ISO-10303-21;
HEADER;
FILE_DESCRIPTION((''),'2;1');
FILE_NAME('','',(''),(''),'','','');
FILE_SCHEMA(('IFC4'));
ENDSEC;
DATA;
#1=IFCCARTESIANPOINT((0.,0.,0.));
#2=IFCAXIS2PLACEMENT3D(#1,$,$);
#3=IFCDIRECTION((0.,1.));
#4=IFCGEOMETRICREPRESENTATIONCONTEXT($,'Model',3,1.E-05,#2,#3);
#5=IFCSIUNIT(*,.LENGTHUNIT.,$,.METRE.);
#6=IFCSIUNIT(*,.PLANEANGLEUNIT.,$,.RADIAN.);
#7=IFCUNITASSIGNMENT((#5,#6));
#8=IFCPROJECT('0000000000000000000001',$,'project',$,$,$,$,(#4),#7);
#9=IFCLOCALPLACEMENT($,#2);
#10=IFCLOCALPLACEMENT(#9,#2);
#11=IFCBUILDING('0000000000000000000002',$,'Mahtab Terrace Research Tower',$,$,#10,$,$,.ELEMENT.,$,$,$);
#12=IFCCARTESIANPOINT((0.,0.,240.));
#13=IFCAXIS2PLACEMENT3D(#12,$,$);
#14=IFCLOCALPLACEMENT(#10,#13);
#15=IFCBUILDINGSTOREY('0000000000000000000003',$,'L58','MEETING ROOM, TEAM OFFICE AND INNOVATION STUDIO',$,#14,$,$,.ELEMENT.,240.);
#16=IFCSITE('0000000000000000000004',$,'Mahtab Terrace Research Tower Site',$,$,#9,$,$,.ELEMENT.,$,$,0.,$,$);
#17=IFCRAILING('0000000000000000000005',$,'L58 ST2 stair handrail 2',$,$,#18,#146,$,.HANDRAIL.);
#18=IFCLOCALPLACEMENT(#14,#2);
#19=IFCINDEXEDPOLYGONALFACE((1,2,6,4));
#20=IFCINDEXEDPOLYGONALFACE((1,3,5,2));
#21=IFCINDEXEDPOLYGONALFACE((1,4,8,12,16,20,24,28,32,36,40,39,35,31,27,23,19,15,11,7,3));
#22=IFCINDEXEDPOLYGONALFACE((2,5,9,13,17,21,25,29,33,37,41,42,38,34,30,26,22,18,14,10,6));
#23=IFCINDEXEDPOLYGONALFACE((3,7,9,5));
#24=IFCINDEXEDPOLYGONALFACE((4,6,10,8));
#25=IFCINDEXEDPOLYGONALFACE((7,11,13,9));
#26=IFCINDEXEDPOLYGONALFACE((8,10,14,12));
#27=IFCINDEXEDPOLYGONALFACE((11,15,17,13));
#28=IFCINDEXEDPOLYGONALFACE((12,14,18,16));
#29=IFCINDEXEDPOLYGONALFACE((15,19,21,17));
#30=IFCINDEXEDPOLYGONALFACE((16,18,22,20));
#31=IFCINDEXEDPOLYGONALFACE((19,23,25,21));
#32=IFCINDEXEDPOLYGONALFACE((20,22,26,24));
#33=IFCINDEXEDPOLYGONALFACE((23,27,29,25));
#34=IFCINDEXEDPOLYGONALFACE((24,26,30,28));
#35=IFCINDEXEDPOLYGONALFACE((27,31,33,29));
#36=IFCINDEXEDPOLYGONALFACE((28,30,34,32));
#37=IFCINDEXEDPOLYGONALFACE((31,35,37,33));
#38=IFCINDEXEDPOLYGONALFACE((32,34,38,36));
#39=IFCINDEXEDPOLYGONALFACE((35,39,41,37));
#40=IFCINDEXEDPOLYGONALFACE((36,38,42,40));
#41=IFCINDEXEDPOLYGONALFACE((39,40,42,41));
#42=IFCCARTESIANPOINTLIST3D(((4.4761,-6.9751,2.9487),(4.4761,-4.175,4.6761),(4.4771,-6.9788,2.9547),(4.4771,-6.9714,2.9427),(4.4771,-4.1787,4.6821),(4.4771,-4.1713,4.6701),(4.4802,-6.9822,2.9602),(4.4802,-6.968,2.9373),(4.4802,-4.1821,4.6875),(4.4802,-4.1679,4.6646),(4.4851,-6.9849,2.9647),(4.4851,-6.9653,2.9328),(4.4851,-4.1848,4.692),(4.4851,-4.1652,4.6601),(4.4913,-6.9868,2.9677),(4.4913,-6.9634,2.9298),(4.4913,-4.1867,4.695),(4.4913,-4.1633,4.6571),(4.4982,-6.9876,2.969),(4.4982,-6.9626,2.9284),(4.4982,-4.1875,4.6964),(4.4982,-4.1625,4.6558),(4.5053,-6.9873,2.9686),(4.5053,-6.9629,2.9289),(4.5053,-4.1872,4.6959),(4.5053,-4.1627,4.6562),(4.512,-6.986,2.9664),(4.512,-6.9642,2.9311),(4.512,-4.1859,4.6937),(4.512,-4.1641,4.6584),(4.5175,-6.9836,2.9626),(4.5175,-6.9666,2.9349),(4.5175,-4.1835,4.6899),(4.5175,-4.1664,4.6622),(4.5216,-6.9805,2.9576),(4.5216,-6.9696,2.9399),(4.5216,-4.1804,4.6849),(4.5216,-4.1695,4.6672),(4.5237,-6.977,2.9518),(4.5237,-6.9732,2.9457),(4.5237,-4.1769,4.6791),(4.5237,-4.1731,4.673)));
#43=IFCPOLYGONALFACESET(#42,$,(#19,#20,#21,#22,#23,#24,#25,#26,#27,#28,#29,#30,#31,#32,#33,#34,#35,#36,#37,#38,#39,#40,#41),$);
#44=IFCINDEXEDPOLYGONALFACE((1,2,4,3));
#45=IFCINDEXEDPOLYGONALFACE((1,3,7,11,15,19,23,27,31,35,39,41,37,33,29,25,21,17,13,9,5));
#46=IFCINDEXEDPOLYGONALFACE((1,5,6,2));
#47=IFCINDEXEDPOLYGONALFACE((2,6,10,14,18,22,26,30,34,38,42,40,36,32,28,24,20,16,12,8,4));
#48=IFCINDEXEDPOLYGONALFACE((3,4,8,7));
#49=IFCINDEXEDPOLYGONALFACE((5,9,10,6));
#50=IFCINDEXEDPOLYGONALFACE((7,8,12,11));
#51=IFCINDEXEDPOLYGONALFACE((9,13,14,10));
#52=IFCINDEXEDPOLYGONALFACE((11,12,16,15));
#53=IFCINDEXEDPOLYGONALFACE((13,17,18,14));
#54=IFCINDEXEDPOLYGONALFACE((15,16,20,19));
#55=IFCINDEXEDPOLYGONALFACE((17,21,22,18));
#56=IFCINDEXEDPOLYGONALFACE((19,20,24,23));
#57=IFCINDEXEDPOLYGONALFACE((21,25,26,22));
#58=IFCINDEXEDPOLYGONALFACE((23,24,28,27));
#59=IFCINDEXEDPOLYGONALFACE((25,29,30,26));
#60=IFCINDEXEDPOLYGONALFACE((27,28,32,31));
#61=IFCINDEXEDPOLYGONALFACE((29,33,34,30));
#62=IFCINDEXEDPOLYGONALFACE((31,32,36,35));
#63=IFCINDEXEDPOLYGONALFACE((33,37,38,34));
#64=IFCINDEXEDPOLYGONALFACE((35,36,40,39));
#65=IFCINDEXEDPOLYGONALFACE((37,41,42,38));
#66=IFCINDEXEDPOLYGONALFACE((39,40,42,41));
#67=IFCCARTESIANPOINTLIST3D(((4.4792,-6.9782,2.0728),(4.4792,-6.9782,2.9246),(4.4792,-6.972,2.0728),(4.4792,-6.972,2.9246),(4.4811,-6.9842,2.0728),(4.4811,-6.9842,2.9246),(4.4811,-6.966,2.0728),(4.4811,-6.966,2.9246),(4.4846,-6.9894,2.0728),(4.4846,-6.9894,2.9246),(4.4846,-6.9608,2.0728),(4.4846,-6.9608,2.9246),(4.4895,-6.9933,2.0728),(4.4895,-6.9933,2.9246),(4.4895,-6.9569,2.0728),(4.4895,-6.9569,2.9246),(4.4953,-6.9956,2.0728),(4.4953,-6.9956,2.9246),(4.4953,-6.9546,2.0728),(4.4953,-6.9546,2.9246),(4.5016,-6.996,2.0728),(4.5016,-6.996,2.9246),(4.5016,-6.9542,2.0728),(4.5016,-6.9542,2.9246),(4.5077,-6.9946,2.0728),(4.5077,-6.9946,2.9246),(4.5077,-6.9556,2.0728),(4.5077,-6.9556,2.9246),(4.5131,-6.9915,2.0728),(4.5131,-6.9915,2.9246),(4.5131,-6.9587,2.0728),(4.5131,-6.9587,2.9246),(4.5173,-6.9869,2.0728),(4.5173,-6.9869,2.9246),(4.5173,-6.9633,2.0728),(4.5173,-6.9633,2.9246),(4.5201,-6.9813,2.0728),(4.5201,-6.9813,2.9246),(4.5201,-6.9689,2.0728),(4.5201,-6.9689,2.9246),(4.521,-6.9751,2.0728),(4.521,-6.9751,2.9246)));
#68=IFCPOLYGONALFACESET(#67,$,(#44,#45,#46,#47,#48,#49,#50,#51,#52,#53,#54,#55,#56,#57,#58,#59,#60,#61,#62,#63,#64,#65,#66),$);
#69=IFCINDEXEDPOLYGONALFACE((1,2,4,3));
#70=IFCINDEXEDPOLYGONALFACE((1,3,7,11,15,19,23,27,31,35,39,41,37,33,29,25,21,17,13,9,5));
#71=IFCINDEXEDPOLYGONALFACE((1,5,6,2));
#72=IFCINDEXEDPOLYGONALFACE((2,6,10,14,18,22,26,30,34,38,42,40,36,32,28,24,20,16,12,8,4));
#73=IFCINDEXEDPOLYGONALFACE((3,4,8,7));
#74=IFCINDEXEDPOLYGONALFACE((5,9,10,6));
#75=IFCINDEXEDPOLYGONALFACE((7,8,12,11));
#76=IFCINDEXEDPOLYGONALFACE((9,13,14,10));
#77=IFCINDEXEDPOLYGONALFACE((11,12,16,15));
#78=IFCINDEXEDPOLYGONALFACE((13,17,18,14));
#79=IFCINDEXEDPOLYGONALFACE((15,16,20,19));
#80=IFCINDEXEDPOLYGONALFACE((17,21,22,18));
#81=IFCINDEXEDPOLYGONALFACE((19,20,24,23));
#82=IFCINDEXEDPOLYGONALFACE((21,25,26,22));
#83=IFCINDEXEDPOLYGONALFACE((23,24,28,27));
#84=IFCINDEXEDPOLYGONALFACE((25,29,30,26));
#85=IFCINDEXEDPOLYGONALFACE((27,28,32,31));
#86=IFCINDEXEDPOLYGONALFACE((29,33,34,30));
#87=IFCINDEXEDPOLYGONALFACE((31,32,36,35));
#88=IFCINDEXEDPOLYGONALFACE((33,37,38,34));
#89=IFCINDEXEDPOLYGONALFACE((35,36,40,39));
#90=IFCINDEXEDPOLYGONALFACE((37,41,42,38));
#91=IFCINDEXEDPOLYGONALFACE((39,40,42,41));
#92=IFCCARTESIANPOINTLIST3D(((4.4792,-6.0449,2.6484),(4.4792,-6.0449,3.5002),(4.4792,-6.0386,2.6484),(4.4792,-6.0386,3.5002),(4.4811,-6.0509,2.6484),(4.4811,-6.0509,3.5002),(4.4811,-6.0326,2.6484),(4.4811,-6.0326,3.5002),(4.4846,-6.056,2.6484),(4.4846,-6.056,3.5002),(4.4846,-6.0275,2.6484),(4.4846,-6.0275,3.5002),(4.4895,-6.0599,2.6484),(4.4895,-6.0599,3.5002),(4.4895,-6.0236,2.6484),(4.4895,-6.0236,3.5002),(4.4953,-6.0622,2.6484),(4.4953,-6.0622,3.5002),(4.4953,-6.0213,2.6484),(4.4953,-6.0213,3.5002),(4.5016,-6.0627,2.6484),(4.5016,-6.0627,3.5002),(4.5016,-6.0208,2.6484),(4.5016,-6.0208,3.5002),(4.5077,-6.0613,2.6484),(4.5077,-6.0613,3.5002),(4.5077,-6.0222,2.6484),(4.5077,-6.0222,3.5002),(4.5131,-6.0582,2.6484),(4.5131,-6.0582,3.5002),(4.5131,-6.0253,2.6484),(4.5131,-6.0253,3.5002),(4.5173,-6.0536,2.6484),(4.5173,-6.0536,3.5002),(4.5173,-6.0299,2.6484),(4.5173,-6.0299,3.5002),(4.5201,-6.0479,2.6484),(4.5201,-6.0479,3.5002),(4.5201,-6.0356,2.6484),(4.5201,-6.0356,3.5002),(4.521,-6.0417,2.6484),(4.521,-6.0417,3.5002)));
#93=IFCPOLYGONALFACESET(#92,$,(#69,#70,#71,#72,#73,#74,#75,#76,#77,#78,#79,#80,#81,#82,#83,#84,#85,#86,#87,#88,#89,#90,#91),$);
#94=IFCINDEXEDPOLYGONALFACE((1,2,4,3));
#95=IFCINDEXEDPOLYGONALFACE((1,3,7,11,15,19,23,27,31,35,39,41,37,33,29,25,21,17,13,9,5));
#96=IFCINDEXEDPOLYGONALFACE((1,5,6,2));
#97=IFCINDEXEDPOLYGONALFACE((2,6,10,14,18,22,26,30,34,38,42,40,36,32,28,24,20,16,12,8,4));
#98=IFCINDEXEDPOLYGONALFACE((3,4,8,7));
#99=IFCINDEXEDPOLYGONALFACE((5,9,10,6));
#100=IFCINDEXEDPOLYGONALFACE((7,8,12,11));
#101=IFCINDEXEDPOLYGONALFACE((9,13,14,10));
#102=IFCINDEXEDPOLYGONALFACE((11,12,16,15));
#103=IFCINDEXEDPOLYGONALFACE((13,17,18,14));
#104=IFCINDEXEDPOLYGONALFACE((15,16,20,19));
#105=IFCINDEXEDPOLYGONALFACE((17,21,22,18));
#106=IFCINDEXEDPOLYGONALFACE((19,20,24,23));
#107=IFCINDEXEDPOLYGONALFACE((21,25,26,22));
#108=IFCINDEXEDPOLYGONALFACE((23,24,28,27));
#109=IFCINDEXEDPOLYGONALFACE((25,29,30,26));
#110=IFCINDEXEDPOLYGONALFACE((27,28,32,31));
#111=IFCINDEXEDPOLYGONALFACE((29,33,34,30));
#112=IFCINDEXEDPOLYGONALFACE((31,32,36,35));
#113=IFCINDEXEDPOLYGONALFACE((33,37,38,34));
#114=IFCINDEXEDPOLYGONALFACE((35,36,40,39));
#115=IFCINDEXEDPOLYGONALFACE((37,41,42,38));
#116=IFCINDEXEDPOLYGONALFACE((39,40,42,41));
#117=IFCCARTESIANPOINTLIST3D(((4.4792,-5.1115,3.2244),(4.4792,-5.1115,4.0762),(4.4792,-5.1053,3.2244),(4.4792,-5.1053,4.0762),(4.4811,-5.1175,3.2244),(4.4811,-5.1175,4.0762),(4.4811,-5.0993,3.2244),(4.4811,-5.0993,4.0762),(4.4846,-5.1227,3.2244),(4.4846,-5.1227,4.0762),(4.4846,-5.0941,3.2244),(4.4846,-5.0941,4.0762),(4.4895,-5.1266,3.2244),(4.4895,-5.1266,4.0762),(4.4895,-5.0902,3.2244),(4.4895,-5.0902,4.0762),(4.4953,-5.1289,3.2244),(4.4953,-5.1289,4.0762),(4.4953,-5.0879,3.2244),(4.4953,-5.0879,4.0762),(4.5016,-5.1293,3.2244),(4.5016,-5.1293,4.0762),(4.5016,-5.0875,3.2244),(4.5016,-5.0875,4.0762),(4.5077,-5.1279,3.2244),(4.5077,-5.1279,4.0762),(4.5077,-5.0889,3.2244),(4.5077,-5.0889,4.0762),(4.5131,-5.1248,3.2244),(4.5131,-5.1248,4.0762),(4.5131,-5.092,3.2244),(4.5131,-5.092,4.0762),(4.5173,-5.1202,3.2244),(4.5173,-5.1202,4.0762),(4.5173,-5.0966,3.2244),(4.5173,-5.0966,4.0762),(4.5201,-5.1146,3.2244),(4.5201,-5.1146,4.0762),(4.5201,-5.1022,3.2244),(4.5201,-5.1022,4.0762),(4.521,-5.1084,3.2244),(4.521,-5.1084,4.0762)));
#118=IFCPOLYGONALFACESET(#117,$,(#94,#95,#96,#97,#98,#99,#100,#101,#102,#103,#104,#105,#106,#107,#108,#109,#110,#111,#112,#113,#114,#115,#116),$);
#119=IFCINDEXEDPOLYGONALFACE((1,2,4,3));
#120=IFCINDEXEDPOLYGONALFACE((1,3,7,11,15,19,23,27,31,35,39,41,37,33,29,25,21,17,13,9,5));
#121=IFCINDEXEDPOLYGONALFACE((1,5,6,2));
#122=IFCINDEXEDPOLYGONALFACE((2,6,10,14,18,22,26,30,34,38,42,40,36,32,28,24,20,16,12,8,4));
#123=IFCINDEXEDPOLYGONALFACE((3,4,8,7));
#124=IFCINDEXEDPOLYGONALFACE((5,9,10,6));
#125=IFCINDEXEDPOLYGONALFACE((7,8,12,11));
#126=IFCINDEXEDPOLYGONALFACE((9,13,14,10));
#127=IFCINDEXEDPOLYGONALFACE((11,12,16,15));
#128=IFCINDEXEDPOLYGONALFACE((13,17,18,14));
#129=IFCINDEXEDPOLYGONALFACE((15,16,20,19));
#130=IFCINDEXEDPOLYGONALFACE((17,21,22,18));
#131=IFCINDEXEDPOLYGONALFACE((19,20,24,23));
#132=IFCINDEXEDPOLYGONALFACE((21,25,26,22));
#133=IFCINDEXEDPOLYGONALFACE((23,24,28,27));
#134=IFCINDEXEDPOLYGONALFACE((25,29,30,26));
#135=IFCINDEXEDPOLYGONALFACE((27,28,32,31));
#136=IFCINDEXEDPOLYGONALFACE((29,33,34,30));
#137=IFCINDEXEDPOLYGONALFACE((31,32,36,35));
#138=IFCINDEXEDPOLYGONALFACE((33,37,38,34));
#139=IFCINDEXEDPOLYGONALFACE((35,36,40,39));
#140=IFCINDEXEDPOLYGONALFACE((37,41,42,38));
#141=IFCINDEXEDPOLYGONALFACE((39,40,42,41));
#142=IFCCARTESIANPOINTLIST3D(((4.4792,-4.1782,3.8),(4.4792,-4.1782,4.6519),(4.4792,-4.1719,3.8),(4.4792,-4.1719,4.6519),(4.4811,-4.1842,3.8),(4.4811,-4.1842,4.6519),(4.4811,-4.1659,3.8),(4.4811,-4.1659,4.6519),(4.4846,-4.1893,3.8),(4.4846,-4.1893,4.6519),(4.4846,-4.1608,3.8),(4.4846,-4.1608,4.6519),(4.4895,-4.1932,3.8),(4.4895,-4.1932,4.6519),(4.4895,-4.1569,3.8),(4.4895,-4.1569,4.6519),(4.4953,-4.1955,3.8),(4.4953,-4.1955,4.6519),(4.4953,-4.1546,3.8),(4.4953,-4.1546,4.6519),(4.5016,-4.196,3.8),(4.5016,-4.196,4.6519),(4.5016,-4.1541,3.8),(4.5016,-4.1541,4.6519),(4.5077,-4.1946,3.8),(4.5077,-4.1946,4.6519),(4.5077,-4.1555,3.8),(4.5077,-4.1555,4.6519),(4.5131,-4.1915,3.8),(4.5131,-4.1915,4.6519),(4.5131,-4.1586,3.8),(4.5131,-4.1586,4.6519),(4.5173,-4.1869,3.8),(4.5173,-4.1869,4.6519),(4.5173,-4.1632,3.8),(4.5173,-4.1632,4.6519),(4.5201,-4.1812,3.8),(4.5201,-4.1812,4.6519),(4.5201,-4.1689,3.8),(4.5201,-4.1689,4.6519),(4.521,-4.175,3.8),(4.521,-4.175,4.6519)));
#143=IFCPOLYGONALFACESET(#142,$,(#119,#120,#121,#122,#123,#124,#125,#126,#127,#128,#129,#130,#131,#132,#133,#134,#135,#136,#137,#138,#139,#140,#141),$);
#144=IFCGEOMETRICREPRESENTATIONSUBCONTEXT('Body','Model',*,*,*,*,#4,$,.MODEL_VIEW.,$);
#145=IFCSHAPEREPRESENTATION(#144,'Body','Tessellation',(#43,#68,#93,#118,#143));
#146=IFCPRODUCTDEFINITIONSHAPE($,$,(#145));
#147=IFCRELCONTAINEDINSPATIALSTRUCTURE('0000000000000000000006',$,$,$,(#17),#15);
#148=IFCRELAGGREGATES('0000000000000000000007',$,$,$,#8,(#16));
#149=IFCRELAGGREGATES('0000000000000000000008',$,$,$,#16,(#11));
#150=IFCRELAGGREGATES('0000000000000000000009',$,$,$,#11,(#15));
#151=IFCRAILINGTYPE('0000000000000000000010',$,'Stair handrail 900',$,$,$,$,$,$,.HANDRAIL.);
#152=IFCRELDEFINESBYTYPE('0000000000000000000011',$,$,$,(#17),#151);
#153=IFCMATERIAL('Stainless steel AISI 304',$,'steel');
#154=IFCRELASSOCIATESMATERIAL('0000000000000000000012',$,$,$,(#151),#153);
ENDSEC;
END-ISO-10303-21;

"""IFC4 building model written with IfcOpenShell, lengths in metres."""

from ifc_helpers import new_model, si_unit, direction, frame, origin, origin_2d, place, context, subcontext, project, spatial, circle, extrude, material, type_object, element, save


model = new_model("IFC4")

# Units and contexts
model_context = context("Model", 3, precision=1e-05, world=origin(), true_north=direction((0.0, 1.0)))
body_context = subcontext(model_context, "Body", "Model", "MODEL_VIEW")
ifc_project = project(units=[si_unit("LENGTHUNIT", "METRE"), si_unit("PLANEANGLEUNIT", "RADIAN")], contexts=[model_context])

# Site, building, storey
site_placement = place(None, origin())
site = spatial("IfcSite", under=ifc_project, at=site_placement, Name="Mahtab Terrace Research Tower Site", CompositionType="ELEMENT", RefElevation=0.0)
building_placement = place(site_placement, origin())
building = spatial("IfcBuilding", under=site, at=building_placement, Name="Mahtab Terrace Research Tower", CompositionType="ELEMENT")
storey_placement = place(building_placement, frame((0.0, 0.0, 240.0)))
storey = spatial("IfcBuildingStorey", under=building, at=storey_placement, Name="L58", Description="MEETING ROOM, TEAM OFFICE AND INNOVATION STUDIO", CompositionType="ELEMENT", Elevation=240.0)

# Railing
ifc_material_1 = material(Name="Stainless steel AISI 304", Category="steel")
railing_type_1 = type_object("IfcRailingType", Name="Stair handrail 900", PredefinedType="HANDRAIL", material=ifc_material_1)
railing_1_placement = place(storey_placement, frame((4.5, -6.9751, 2.0728)))
element("IfcRailing", 1, at=railing_1_placement, inside=storey, type_object=railing_type_1, Name="L58 ST2 stair handrail 2", PredefinedType="HANDRAIL", context=body_context, shape_type="SweptSolid", body=[
    extrude(circle(Radius=0.0239, at=origin_2d()), frame((0.0, 0.0, 0.876), z_axis=(0.0, 0.85109, 0.52502), x_axis=(-1.0, 0.0, 0.0)), (0.0, 0.0, 1.0), 3.29),
    extrude(circle(Radius=0.021, at=origin_2d()), origin(), (0.0, 0.0, 1.0), 0.8518),
    extrude(circle(Radius=0.021, at=origin_2d()), frame((0.0, 0.9333, 0.5757)), (0.0, 0.0, 1.0), 0.8518),
    extrude(circle(Radius=0.021, at=origin_2d()), frame((0.0, 1.8667, 1.1516)), (0.0, 0.0, 1.0), 0.8518),
    extrude(circle(Radius=0.021, at=origin_2d()), frame((0.0, 2.8, 1.7273)), (0.0, 0.0, 1.0), 0.8518),
])

save(model, "model.ifc")
